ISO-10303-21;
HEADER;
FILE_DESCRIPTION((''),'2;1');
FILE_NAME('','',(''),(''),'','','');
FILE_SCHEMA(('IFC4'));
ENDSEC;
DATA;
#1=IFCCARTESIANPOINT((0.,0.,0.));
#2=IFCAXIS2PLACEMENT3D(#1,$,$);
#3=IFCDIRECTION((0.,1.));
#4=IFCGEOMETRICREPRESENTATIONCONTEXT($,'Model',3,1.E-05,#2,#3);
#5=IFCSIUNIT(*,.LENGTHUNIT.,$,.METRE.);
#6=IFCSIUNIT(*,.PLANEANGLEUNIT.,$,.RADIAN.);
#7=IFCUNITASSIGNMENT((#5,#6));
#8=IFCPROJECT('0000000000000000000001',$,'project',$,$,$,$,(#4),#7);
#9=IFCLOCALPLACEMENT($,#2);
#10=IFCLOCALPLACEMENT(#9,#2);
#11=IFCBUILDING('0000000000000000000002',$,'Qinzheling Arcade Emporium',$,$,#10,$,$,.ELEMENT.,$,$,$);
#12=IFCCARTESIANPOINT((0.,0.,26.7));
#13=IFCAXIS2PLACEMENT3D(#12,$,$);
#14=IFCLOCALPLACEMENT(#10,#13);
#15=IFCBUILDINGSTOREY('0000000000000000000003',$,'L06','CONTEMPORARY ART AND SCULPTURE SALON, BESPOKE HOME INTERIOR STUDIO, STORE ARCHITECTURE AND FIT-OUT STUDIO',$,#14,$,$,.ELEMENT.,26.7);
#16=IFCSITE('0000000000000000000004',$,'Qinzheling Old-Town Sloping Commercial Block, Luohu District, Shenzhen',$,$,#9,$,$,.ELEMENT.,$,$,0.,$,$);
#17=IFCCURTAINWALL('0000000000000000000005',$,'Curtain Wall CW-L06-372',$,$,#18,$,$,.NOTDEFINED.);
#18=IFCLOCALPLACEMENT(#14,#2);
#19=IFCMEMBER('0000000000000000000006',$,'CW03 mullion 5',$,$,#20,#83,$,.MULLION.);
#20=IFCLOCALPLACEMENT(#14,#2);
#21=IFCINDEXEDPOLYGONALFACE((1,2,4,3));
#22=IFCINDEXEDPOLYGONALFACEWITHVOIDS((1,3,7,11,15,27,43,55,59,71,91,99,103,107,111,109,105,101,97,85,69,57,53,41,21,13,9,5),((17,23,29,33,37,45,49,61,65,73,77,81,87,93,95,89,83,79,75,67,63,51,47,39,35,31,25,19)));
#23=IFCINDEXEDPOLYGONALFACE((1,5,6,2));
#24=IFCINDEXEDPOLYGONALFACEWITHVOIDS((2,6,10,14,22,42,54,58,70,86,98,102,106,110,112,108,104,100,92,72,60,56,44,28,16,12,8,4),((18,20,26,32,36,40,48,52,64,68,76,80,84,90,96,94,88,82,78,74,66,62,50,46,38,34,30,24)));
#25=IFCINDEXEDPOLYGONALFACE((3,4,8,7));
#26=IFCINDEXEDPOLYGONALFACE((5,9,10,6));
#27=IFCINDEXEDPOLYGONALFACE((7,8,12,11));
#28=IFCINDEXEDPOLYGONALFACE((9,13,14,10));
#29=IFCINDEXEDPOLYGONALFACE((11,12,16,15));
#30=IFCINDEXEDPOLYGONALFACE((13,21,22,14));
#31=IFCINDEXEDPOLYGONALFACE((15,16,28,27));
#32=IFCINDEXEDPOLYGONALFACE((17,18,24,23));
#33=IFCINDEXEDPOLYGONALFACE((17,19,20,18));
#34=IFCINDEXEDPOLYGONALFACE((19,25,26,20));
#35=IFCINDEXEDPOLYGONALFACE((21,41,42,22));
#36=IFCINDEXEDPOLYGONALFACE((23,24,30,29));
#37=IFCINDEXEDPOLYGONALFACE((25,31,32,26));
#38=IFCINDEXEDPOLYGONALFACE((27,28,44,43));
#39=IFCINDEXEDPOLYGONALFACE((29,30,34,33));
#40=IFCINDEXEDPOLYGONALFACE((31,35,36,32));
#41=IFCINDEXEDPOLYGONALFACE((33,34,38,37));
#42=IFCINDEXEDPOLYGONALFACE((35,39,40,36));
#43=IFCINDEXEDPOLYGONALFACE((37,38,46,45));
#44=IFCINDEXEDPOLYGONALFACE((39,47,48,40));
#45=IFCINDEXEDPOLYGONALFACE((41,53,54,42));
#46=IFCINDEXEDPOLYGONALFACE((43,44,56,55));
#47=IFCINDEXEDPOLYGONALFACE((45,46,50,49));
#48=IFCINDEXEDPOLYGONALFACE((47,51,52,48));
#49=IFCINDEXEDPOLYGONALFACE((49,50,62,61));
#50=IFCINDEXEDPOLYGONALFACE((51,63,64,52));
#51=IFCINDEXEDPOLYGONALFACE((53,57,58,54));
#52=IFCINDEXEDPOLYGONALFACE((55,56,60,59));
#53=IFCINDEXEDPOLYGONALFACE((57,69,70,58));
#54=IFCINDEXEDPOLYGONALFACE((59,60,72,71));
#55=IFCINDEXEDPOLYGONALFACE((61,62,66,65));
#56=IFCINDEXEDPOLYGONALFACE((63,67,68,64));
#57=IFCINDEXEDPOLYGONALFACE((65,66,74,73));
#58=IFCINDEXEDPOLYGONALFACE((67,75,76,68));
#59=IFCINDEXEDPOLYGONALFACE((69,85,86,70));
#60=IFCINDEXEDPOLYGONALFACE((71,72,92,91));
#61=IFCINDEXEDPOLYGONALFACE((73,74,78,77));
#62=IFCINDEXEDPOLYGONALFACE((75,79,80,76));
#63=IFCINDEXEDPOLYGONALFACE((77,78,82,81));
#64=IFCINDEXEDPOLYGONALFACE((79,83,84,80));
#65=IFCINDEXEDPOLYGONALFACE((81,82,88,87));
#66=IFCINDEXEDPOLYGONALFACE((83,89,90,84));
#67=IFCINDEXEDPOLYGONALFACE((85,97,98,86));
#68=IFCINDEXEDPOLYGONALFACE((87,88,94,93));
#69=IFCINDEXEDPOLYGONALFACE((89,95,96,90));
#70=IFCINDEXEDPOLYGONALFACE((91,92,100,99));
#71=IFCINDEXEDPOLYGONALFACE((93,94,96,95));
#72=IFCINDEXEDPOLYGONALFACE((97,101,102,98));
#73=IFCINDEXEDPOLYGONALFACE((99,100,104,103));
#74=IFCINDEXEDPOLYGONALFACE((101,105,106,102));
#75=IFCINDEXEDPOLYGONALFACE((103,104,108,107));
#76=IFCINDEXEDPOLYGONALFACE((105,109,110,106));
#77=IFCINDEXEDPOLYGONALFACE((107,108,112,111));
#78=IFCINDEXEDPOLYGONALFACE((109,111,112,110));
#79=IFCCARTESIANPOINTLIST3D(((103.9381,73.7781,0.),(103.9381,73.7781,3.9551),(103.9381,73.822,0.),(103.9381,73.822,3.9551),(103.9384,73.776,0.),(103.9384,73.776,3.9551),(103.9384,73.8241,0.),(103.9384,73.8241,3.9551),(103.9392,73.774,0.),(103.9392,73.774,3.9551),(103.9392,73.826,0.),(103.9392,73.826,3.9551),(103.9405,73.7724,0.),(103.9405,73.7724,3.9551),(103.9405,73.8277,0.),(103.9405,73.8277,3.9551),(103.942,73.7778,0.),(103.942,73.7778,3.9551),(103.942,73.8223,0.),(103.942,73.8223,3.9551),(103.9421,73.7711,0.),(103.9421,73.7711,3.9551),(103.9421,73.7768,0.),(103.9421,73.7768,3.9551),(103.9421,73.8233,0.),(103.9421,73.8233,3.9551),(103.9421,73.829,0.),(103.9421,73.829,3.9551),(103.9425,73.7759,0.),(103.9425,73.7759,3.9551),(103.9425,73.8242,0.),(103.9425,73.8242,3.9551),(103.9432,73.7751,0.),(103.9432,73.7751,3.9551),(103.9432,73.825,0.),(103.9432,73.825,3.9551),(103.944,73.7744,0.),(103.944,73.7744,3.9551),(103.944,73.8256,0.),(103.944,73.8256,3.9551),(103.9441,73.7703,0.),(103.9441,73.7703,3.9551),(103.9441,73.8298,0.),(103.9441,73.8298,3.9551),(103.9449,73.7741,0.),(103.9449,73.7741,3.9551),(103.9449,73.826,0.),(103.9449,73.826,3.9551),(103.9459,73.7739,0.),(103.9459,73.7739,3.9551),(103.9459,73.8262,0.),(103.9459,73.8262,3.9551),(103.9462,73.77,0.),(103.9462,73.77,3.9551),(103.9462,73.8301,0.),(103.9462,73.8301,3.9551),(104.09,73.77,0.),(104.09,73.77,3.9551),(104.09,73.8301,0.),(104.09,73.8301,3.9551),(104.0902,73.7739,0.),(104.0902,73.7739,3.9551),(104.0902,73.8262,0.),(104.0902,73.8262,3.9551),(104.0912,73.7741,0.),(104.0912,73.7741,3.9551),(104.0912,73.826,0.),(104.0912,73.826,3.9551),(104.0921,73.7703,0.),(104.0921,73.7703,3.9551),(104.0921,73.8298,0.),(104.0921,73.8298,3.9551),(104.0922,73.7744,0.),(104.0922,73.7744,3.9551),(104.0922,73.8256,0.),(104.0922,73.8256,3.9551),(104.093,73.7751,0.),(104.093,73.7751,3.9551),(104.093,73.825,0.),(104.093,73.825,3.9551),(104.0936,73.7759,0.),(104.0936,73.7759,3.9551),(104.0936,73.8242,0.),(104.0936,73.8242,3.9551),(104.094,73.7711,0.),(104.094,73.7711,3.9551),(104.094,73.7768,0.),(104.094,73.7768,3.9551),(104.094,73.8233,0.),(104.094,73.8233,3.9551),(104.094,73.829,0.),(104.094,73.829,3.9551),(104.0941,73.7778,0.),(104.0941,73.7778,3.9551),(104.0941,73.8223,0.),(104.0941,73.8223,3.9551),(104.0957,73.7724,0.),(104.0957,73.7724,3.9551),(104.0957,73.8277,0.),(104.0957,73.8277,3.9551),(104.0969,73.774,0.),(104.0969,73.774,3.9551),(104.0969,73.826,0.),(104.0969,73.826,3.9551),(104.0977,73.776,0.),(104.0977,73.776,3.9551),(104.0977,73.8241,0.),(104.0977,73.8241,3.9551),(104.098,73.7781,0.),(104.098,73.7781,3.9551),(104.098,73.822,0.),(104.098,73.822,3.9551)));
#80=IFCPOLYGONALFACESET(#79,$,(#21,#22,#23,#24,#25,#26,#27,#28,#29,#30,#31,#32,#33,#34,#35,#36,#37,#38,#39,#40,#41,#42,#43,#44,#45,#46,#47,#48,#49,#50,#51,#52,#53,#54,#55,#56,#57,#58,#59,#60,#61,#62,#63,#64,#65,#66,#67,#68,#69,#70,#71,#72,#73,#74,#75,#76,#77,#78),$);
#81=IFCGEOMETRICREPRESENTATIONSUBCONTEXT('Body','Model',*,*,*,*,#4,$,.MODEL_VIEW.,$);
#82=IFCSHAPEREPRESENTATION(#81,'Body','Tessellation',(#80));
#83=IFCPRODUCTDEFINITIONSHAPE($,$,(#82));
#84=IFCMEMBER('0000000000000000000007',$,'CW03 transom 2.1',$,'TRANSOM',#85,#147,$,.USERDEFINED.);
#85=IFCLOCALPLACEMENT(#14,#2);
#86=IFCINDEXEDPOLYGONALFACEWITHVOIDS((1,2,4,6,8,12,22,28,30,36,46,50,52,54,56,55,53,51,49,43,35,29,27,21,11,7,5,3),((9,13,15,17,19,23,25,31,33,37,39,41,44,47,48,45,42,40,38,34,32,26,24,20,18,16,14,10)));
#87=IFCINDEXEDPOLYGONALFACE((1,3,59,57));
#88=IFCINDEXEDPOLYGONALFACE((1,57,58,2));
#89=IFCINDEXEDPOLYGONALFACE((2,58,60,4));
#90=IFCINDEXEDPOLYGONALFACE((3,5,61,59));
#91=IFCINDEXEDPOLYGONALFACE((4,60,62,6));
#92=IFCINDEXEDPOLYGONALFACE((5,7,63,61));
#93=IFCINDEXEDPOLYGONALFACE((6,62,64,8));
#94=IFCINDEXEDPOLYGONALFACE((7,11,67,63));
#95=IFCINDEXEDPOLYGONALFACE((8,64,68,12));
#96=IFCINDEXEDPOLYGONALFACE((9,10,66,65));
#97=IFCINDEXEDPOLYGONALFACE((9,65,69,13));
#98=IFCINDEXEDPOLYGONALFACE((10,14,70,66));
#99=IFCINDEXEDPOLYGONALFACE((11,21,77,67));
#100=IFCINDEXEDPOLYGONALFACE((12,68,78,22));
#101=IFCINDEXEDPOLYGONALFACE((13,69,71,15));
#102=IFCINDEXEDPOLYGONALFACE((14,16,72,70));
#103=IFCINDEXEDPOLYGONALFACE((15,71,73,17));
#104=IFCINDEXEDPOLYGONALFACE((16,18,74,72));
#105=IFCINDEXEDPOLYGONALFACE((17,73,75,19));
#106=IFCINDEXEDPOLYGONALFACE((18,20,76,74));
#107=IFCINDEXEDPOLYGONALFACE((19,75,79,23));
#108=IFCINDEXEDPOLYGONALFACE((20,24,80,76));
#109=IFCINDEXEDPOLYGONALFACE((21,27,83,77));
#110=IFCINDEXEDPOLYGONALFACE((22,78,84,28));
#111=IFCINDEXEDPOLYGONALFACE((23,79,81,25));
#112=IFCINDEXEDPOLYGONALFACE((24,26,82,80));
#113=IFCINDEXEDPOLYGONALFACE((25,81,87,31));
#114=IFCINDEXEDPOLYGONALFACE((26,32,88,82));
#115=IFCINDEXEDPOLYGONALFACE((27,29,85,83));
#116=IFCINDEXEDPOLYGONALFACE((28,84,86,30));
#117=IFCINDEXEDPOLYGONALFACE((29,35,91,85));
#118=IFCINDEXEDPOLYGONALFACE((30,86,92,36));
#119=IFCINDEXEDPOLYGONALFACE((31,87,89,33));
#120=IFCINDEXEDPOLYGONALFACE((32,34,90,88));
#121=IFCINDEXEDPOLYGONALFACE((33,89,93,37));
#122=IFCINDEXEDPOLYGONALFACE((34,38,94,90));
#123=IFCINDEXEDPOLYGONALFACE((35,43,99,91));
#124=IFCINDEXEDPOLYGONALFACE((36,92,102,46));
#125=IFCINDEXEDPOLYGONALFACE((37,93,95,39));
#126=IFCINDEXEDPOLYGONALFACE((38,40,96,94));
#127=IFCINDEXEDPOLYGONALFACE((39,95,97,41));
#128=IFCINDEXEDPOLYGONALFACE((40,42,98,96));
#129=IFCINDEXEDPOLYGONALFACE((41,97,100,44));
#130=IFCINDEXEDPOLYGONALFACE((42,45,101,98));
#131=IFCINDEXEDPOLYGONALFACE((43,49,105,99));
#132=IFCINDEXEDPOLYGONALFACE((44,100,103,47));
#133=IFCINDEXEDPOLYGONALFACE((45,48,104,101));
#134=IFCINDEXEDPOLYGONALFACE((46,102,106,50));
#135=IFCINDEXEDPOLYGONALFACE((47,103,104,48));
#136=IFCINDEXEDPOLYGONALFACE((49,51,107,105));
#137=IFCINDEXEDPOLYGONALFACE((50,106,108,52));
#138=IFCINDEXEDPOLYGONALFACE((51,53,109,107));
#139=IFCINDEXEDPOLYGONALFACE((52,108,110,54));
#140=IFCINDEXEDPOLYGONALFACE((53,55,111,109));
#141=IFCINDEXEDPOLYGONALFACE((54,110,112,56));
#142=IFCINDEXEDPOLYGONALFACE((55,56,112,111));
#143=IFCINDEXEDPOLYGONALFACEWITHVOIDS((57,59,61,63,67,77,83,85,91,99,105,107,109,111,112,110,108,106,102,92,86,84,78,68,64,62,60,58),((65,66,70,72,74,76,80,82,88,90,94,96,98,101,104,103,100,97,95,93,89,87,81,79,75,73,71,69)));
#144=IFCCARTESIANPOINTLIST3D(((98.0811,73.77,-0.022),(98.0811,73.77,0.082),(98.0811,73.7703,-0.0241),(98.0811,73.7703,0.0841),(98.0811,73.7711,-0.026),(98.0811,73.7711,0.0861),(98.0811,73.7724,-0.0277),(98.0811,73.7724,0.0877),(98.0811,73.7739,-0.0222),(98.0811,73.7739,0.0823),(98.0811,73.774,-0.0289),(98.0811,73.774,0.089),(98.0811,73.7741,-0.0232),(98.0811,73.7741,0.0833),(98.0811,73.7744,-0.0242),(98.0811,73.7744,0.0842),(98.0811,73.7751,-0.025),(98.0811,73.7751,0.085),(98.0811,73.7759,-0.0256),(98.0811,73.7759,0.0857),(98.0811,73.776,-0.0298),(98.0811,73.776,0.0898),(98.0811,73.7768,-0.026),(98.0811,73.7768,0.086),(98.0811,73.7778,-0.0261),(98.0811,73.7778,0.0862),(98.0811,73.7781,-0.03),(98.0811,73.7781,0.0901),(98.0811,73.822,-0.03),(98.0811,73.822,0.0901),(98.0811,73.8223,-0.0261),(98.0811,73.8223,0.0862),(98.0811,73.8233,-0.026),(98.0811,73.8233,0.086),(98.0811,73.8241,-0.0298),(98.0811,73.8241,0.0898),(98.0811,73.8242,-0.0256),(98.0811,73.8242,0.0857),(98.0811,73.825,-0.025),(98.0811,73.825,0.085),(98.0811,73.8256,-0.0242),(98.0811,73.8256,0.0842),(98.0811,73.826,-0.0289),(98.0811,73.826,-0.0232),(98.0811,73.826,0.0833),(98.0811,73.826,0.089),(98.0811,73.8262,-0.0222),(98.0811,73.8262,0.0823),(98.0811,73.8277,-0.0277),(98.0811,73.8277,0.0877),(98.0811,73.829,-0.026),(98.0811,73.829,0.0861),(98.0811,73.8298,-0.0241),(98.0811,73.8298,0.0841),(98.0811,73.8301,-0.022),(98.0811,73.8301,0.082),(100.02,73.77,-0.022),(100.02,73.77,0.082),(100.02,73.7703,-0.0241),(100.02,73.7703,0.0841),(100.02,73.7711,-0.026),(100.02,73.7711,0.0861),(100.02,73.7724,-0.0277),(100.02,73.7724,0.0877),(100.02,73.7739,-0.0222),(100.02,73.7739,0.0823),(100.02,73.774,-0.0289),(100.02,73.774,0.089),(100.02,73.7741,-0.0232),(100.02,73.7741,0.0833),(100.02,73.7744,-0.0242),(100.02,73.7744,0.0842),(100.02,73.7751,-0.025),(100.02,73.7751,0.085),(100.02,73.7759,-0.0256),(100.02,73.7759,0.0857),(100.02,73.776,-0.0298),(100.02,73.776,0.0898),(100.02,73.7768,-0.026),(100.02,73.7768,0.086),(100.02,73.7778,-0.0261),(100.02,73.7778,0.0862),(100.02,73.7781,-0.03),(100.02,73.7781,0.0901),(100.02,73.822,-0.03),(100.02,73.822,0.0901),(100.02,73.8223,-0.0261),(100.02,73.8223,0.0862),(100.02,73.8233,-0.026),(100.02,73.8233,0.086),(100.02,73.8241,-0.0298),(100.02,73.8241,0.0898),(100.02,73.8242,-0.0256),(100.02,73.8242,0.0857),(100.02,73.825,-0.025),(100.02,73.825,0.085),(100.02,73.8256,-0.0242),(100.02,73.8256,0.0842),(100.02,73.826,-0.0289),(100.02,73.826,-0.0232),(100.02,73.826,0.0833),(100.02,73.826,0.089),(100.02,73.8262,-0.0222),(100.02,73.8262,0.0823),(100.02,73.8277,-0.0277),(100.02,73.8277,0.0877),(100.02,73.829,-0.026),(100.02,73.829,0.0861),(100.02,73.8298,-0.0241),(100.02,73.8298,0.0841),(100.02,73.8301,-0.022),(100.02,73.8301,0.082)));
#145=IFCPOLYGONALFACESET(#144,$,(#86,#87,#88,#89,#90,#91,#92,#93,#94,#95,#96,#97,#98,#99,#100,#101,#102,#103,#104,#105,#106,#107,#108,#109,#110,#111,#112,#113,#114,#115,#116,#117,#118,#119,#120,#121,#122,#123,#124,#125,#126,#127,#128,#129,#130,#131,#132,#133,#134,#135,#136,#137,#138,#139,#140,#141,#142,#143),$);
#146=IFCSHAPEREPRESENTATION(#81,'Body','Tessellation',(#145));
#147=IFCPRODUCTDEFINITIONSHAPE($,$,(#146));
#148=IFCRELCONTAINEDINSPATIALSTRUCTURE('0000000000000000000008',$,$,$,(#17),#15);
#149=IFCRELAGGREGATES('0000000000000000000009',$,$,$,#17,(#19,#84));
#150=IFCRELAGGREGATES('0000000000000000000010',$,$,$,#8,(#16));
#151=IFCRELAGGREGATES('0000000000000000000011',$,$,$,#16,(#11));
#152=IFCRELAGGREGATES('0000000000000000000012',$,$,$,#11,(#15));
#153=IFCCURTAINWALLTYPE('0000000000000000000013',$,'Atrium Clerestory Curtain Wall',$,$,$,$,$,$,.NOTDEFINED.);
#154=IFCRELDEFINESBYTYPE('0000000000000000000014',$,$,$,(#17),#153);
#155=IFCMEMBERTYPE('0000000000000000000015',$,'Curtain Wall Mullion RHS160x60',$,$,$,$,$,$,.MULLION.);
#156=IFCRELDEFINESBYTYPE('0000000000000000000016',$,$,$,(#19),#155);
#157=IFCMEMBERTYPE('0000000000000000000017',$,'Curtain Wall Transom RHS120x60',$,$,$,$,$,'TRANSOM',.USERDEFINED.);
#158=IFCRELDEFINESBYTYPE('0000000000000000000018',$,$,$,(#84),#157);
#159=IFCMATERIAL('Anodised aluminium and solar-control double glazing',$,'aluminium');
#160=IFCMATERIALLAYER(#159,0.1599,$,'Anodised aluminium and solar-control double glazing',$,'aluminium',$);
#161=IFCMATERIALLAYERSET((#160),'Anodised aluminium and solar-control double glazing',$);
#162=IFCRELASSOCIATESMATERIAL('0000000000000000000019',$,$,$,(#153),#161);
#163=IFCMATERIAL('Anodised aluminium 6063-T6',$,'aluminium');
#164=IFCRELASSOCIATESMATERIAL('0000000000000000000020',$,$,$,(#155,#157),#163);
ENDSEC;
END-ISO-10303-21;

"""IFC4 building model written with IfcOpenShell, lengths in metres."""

from ifc_helpers import new_model, si_unit, direction, frame, origin, origin_2d, place, context, subcontext, project, spatial, hollow_rectangle, extrude, material, layer, layer_set, material_profile, profile_set, type_object, element, aggregate, save


model = new_model("IFC4")

# Units and contexts
model_context = context("Model", 3, precision=1e-05, world=origin(), true_north=direction((0.0, 1.0)))
body_context = subcontext(model_context, "Body", "Model", "MODEL_VIEW")
ifc_project = project(units=[si_unit("LENGTHUNIT", "METRE"), si_unit("PLANEANGLEUNIT", "RADIAN")], contexts=[model_context])

# Site, building, storey
site_placement = place(None, origin())
site = spatial("IfcSite", under=ifc_project, at=site_placement, Name="Qinzheling Old-Town Sloping Commercial Block, Luohu District, Shenzhen", CompositionType="ELEMENT", RefElevation=0.0)
building_placement = place(site_placement, origin())
building = spatial("IfcBuilding", under=site, at=building_placement, Name="Qinzheling Arcade Emporium", CompositionType="ELEMENT")
storey_placement = place(building_placement, frame((0.0, 0.0, 26.7)))
storey = spatial("IfcBuildingStorey", under=building, at=storey_placement, Name="L06", Description="CONTEMPORARY ART AND SCULPTURE SALON, BESPOKE HOME INTERIOR STUDIO, STORE ARCHITECTURE AND FIT-OUT STUDIO", CompositionType="ELEMENT", Elevation=26.7)

# Curtain wall, members
ifc_material_1 = material(Name="Anodised aluminium and solar-control double glazing", Category="aluminium")
ifc_layer_1 = layer(ifc_material_1, 0.1599, Name="Anodised aluminium and solar-control double glazing", Category="aluminium")
ifc_layer_set_1 = layer_set([ifc_layer_1], Name="Anodised aluminium and solar-control double glazing")
curtain_wall_type = type_object("IfcCurtainWallType", Name="Atrium Clerestory Curtain Wall", PredefinedType="NOTDEFINED", material=ifc_layer_set_1)
curtain_wall_placement = place(storey_placement, origin())
curtain_wall = element("IfcCurtainWall", 1, at=curtain_wall_placement, inside=storey, type_object=curtain_wall_type, Name="Curtain Wall CW-L06-372", PredefinedType="NOTDEFINED")
ifc_material_2 = material(Name="Anodised aluminium 6063-T6", Category="aluminium")
ifc_material_profile_1 = material_profile(ifc_material_2, hollow_rectangle(XDim=0.0601, YDim=0.1599, WallThickness=0.0039, InnerFilletRadius=0.0039, OuterFilletRadius=0.0081, at=origin_2d()), Name="RHS 160x60x4", Category="aluminium")
ifc_profile_set_1 = profile_set([ifc_material_profile_1], Name="Anodised aluminium 6063-T6")
member_type_1 = type_object("IfcMemberType", Name="Curtain Wall Mullion RHS160x60", PredefinedType="MULLION", material=ifc_profile_set_1)
member_1_placement = place(storey_placement, frame((104.0181, 73.8, 0.0), z_axis=(0.0, 0.0, 1.0), x_axis=(0.0, 1.0, 0.0)))
member_1 = element("IfcMember", 2, at=member_1_placement, type_object=member_type_1, Name="CW03 mullion 5", PredefinedType="MULLION", context=body_context, shape_type="SweptSolid", body=[
    extrude(hollow_rectangle(XDim=0.0601, YDim=0.1599, WallThickness=0.0039, InnerFilletRadius=0.0039, OuterFilletRadius=0.0081, at=origin_2d()), origin(), (0.0, 0.0, 1.0), 3.9551),
])
ifc_material_profile_2 = material_profile(ifc_material_2, hollow_rectangle(XDim=0.0601, YDim=0.1201, WallThickness=0.0039, InnerFilletRadius=0.0039, OuterFilletRadius=0.0081, at=origin_2d()), Name="RHS 120x60x4", Category="aluminium")
ifc_profile_set_2 = profile_set([ifc_material_profile_2], Name="Anodised aluminium 6063-T6")
member_type_2 = type_object("IfcMemberType", Name="Curtain Wall Transom RHS120x60", ElementType="TRANSOM", PredefinedType="USERDEFINED", material=ifc_profile_set_2)
member_2_placement = place(storey_placement, frame((98.0811, 73.8, 0.03), z_axis=(1.0, 0.0, 0.0), x_axis=(0.0, 1.0, 0.0)))
member_2 = element("IfcMember", 3, at=member_2_placement, type_object=member_type_2, Name="CW03 transom 2.1", ObjectType="TRANSOM", PredefinedType="USERDEFINED", context=body_context, shape_type="SweptSolid", body=[
    extrude(hollow_rectangle(XDim=0.0601, YDim=0.1201, WallThickness=0.0039, InnerFilletRadius=0.0039, OuterFilletRadius=0.0081, at=origin_2d()), origin(), (0.0, 0.0, 1.0), 1.939),
])

aggregate(curtain_wall, [member_1, member_2])

save(model, "model.ifc")
